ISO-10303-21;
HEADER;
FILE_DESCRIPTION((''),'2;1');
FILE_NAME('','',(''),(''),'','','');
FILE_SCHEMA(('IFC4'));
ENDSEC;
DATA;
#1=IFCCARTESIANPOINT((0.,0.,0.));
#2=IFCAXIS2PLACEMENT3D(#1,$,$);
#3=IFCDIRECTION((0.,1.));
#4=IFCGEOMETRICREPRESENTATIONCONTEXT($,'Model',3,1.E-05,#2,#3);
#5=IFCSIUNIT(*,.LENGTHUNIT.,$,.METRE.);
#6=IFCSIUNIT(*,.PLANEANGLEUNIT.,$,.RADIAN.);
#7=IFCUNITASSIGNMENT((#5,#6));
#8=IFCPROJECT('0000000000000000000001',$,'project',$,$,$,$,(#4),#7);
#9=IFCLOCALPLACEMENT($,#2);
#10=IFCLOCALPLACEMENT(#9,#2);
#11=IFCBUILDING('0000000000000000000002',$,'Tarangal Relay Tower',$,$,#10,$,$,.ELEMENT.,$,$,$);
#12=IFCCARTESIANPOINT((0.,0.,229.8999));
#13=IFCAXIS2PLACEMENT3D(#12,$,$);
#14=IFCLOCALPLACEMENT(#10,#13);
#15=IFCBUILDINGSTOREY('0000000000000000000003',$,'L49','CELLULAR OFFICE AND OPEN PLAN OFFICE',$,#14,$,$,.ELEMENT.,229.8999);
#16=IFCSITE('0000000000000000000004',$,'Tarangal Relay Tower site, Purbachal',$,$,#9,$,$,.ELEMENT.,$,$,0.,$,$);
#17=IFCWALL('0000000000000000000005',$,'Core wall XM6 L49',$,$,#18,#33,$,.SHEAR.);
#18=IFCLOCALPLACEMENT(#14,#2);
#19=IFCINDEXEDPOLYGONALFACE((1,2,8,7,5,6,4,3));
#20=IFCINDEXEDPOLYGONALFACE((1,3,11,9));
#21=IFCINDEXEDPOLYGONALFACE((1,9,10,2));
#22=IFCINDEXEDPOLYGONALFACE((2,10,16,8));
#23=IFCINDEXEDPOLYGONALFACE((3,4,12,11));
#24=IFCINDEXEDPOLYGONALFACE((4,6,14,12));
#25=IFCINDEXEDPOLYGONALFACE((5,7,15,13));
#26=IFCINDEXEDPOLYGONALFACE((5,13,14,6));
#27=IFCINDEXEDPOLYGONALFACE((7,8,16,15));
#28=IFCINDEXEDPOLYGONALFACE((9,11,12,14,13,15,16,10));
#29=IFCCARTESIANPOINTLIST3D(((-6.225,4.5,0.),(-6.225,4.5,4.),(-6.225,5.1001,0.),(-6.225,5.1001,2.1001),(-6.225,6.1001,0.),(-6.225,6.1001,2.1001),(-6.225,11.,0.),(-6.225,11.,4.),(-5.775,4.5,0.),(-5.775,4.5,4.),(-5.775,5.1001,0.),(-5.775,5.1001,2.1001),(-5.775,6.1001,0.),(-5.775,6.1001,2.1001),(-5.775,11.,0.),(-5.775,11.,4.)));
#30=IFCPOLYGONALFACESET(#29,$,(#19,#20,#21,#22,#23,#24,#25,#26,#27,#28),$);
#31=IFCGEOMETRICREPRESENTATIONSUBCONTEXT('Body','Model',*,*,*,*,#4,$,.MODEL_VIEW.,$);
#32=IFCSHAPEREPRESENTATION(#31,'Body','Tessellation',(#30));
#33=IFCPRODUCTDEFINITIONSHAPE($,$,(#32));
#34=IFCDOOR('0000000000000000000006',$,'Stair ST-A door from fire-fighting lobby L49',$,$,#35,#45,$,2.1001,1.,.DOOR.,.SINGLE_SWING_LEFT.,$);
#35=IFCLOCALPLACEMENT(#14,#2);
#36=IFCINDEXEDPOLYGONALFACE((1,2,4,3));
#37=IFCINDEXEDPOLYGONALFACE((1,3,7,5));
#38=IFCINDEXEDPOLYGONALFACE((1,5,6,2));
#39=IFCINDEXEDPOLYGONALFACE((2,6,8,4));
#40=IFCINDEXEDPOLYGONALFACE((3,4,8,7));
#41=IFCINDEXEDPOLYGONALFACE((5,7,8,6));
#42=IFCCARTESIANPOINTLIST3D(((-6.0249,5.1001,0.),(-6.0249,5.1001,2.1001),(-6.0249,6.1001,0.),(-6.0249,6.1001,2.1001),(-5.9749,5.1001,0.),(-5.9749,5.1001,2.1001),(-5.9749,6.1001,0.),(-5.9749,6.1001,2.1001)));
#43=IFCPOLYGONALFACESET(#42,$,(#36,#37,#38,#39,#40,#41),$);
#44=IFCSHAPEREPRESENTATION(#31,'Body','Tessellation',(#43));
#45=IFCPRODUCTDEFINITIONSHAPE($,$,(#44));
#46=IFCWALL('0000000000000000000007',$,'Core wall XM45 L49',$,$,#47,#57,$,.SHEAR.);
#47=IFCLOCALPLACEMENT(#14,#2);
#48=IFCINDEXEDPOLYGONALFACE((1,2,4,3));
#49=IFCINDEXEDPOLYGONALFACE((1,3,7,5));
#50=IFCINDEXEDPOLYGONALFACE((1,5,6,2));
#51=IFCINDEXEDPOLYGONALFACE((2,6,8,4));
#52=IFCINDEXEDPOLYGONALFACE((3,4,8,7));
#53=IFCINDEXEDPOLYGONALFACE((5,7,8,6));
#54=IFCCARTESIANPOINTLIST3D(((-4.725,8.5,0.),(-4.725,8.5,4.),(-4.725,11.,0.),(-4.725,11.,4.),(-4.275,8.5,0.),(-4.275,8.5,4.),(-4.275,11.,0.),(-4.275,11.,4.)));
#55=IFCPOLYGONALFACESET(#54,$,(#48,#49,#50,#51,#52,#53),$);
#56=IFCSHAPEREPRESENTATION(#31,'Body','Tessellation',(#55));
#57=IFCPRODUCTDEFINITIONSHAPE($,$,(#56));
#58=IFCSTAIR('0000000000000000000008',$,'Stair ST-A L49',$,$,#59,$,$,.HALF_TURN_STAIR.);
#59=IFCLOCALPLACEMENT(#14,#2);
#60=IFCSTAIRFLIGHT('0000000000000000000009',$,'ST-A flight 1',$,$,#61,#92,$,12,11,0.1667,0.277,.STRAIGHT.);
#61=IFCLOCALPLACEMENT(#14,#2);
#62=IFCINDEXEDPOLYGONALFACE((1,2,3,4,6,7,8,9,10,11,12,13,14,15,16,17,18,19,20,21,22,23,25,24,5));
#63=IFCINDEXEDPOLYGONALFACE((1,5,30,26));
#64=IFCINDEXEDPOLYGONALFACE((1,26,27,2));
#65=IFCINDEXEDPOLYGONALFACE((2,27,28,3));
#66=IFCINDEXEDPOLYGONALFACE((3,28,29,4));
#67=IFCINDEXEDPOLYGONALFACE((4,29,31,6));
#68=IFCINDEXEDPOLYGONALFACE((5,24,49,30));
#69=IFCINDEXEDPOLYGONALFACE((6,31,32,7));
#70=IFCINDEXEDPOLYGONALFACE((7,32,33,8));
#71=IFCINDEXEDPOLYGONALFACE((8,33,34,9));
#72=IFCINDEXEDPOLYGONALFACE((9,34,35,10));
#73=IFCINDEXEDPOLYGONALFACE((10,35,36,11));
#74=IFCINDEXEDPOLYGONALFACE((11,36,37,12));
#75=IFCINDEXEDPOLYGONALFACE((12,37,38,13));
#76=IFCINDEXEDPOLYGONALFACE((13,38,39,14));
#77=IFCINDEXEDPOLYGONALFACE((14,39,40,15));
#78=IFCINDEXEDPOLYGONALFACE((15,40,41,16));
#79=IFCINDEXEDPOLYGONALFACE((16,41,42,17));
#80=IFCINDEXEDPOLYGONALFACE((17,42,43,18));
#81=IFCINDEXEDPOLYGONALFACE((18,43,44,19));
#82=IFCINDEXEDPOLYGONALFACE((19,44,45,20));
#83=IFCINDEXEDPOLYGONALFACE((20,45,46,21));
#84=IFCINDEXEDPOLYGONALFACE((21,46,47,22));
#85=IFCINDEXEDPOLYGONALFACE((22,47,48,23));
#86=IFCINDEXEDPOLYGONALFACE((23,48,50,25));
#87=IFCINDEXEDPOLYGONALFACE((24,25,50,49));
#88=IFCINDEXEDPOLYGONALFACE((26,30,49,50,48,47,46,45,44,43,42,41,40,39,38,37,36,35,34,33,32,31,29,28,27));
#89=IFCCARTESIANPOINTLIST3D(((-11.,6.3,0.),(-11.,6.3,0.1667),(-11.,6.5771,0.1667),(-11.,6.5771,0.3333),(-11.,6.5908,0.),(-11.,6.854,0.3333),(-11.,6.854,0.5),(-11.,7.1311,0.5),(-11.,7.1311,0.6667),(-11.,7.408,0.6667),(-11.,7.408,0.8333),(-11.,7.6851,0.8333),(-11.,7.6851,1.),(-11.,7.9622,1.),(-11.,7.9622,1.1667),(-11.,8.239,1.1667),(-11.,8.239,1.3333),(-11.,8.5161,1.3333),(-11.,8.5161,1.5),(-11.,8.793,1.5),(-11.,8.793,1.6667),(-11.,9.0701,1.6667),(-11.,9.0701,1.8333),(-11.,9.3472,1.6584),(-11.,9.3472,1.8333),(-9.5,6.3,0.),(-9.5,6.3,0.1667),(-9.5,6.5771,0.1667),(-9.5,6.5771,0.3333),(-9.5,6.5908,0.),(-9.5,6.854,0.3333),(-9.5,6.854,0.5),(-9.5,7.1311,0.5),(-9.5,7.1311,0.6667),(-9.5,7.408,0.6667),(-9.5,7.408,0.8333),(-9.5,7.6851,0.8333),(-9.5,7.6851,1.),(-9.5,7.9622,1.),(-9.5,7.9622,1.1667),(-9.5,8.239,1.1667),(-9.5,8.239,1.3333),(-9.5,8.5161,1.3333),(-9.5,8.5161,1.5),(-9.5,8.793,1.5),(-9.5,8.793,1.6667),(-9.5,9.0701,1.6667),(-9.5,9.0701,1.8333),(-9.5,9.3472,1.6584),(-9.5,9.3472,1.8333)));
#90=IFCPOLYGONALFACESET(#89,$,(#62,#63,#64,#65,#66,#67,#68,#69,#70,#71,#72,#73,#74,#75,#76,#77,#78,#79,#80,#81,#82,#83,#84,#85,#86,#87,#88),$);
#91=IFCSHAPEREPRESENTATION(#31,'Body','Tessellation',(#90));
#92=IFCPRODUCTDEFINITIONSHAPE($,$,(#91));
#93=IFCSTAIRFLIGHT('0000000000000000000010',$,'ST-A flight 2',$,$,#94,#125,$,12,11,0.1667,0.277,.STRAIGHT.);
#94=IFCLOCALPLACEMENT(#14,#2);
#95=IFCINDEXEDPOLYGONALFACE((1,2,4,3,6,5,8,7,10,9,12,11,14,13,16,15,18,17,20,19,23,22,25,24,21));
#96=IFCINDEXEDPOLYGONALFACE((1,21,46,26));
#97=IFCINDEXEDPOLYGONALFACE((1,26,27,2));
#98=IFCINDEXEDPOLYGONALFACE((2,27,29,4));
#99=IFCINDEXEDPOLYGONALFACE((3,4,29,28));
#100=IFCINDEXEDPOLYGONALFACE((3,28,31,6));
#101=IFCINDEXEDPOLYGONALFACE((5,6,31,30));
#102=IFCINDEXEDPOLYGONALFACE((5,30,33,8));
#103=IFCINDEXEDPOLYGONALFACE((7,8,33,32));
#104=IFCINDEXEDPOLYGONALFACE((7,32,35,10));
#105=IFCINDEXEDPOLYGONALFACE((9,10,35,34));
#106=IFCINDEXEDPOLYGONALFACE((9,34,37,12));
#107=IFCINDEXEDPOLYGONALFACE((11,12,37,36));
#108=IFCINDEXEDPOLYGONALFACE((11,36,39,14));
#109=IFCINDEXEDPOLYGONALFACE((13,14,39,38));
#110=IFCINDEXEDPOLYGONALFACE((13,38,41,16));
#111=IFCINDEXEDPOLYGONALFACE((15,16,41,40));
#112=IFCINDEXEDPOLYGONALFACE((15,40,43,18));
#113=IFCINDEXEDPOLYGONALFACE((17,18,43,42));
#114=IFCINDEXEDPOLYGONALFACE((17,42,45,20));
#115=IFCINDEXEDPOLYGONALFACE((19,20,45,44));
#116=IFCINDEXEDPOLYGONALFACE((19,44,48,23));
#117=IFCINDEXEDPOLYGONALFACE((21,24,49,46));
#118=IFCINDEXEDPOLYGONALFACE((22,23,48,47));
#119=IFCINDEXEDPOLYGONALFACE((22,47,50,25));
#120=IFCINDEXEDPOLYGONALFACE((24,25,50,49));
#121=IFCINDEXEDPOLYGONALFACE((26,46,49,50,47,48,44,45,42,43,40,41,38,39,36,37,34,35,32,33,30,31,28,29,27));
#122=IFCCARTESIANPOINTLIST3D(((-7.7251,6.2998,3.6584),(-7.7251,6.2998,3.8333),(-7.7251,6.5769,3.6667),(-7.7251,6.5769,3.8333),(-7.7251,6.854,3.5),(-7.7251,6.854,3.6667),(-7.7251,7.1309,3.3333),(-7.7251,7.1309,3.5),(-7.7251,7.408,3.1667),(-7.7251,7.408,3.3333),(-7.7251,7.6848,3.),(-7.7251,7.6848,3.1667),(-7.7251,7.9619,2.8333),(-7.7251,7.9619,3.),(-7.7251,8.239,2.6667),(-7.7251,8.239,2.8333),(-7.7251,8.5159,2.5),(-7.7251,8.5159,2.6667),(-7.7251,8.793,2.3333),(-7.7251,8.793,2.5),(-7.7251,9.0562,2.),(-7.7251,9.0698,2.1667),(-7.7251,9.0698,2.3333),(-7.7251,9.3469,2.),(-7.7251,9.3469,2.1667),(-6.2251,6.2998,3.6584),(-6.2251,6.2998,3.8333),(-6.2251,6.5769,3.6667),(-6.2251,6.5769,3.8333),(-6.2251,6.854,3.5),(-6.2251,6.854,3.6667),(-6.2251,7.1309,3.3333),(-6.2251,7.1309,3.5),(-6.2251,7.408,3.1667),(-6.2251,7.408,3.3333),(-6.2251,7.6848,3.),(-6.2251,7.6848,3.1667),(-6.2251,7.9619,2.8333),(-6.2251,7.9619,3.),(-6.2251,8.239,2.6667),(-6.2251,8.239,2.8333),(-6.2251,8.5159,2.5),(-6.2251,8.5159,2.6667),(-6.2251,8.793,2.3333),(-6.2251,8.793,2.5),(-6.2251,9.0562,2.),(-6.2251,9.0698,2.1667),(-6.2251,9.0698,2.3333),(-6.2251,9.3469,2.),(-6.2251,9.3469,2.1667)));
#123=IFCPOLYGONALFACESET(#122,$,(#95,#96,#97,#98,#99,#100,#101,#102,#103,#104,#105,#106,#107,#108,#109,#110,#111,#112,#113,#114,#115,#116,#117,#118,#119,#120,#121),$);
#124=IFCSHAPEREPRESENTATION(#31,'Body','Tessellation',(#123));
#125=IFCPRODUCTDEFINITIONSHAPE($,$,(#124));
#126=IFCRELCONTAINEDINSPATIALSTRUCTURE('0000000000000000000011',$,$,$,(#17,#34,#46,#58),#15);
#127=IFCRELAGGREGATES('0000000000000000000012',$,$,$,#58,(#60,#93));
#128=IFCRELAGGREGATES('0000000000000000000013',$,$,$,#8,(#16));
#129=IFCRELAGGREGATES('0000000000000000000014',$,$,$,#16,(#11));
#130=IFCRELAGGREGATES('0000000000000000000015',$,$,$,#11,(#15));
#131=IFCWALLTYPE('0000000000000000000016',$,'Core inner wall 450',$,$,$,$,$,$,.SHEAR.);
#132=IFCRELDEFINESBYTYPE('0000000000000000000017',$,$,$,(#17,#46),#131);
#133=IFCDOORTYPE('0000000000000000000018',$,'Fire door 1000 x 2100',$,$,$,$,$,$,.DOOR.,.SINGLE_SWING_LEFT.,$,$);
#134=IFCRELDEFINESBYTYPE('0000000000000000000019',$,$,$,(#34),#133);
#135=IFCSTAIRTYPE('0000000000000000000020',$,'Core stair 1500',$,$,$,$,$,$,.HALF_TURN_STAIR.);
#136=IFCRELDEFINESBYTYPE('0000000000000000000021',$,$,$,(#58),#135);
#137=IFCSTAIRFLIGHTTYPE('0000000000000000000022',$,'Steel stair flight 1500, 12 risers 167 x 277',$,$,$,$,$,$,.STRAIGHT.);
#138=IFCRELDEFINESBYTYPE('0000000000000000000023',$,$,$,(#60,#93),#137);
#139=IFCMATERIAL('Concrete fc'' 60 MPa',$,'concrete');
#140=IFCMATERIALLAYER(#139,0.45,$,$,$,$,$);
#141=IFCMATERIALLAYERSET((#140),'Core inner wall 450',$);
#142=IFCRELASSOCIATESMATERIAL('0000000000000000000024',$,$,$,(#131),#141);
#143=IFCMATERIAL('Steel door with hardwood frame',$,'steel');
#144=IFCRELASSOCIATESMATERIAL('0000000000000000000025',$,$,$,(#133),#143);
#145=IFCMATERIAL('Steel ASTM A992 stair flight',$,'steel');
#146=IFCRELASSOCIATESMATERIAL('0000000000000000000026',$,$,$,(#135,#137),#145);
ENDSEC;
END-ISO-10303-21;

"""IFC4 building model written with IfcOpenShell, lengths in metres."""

from ifc_helpers import new_model, si_unit, direction, frame, frame_2d, origin, place, context, subcontext, project, spatial, polyline, rectangle, outline, extrude, material, layer, layer_set, type_object, element, fill, aggregate, save


model = new_model("IFC4")

# Units and contexts
model_context = context("Model", 3, precision=1e-05, world=origin(), true_north=direction((0.0, 1.0)))
body_context = subcontext(model_context, "Body", "Model", "MODEL_VIEW")
ifc_project = project(units=[si_unit("LENGTHUNIT", "METRE"), si_unit("PLANEANGLEUNIT", "RADIAN")], contexts=[model_context])

# Site, building, storey
site_placement = place(None, origin())
site = spatial("IfcSite", under=ifc_project, at=site_placement, Name="Tarangal Relay Tower site, Purbachal", CompositionType="ELEMENT", RefElevation=0.0)
building_placement = place(site_placement, origin())
building = spatial("IfcBuilding", under=site, at=building_placement, Name="Tarangal Relay Tower", CompositionType="ELEMENT")
storey_placement = place(building_placement, frame((0.0, 0.0, 229.8999)))
storey = spatial("IfcBuildingStorey", under=building, at=storey_placement, Name="L49", Description="CELLULAR OFFICE AND OPEN PLAN OFFICE", CompositionType="ELEMENT", Elevation=229.8999)

# Shared definitions
ifc_material_1 = material(Name="Concrete fc' 60 MPa", Category="concrete")
ifc_layer = layer(ifc_material_1, 0.45)
ifc_layer_set = layer_set([ifc_layer], Name="Core inner wall 450")
wall_type = type_object("IfcWallType", Name="Core inner wall 450", PredefinedType="SHEAR", material=ifc_layer_set)
ifc_material_2 = material(Name="Steel door with hardwood frame", Category="steel")

# Wall, opening, door
wall_1_placement = place(storey_placement, frame((-6.0, 4.5, 0.0), z_axis=(0.0, 0.0, 1.0), x_axis=(0.0, 1.0, 0.0)))
wall_1 = element("IfcWall", 1, at=wall_1_placement, inside=storey, type_object=wall_type, Name="Core wall XM6 L49", PredefinedType="SHEAR", context=body_context, shape_type="SweptSolid", body=[
    extrude(rectangle(XDim=6.5, YDim=0.45, at=frame_2d((3.25, 0.0))), origin(), (0.0, 0.0, 1.0), 4.0),
])
opening_1_placement = place(wall_1_placement, frame((0.6001, 0.0, 0.0)))
opening_1 = element("IfcOpeningElement", 2, at=opening_1_placement, cuts=wall_1, PredefinedType="OPENING", context=body_context, shape_type="SweptSolid", body=[
    extrude(rectangle(XDim=1.0, YDim=2.1001, at=frame_2d((0.5, 1.05))), frame((0.0, 0.2349, 0.0), z_axis=(0.0, -1.0, 0.0), x_axis=(1.0, 0.0, 0.0)), (0.0, 0.0, 1.0), 0.47),
])
door_type_1 = type_object("IfcDoorType", Name="Fire door 1000 x 2100", OperationType="SINGLE_SWING_LEFT", PredefinedType="DOOR", material=ifc_material_2)
door_1_placement = place(opening_1_placement, origin())
door_1 = element("IfcDoor", 3, at=door_1_placement, inside=storey, type_object=door_type_1, Name="Stair ST-A door from fire-fighting lobby L49", OperationType="SINGLE_SWING_LEFT", OverallHeight=2.1001, OverallWidth=1.0, PredefinedType="DOOR", context=body_context, shape_type="SweptSolid", body=[
    extrude(rectangle(XDim=1.0, YDim=2.1001, at=frame_2d((0.5, 1.05))), frame((0.0, 0.0249, 0.0), z_axis=(0.0, -1.0, 0.0), x_axis=(1.0, 0.0, 0.0)), (0.0, 0.0, 1.0), 0.05),
])
fill(opening_1, door_1)

# Wall
wall_2_placement = place(storey_placement, frame((-4.5, 8.5, 0.0), z_axis=(0.0, 0.0, 1.0), x_axis=(0.0, 1.0, 0.0)))
element("IfcWall", 4, at=wall_2_placement, inside=storey, type_object=wall_type, Name="Core wall XM45 L49", PredefinedType="SHEAR", context=body_context, shape_type="SweptSolid", body=[
    extrude(rectangle(XDim=2.5, YDim=0.45, at=frame_2d((1.25, 0.0))), origin(), (0.0, 0.0, 1.0), 4.0),
])

# Stair, stair flights
ifc_material_3 = material(Name="Steel ASTM A992 stair flight", Category="steel")
stair_type = type_object("IfcStairType", Name="Core stair 1500", PredefinedType="HALF_TURN_STAIR", material=ifc_material_3)
stair_placement = place(storey_placement, origin())
stair = element("IfcStair", 5, at=stair_placement, inside=storey, type_object=stair_type, Name="Stair ST-A L49", PredefinedType="HALF_TURN_STAIR")
stair_flight_type = type_object("IfcStairFlightType", Name="Steel stair flight 1500, 12 risers 167 x 277", PredefinedType="STRAIGHT", material=ifc_material_3)
stair_flight_1_placement = place(storey_placement, frame((-10.25, 6.3, 0.0), z_axis=(0.0, 0.0, 1.0), x_axis=(0.0, 1.0, 0.0)))
stair_flight_1 = element("IfcStairFlight", 6, at=stair_flight_1_placement, type_object=stair_flight_type, Name="ST-A flight 1", NumberOfRisers=12, NumberOfTreads=11, PredefinedType="STRAIGHT", RiserHeight=0.1667, TreadLength=0.277, context=body_context, shape_type="SweptSolid", body=[
    extrude(outline(polyline([(0.0, 0.0), (0.0, 0.1667), (0.2771, 0.1667), (0.2771, 0.3333), (0.554, 0.3333), (0.554, 0.5), (0.8311, 0.5), (0.8311, 0.6667), (1.1079, 0.6667), (1.1079, 0.8333), (1.385, 0.8333), (1.385, 1.0), (1.6621, 1.0), (1.6621, 1.1667), (1.939, 1.1667), (1.939, 1.3333), (2.2161, 1.3333), (2.2161, 1.5), (2.4929, 1.5), (2.4929, 1.6667), (2.77, 1.6667), (2.77, 1.8333), (3.0471, 1.8333), (3.0471, 2.0), (3.0471, 1.6584), (0.2908, 0.0), (0.0, 0.0)])), frame((0.0, 0.75, 0.0), z_axis=(0.0, -1.0, 0.0), x_axis=(1.0, 0.0, 0.0)), (0.0, 0.0, 1.0), 1.5),
])
stair_flight_2_placement = place(storey_placement, frame((-6.9751, 9.3469, 2.0), z_axis=(0.0, 0.0, 1.0), x_axis=(0.0, -1.0, 0.0)))
stair_flight_2 = element("IfcStairFlight", 7, at=stair_flight_2_placement, type_object=stair_flight_type, Name="ST-A flight 2", NumberOfRisers=12, NumberOfTreads=11, PredefinedType="STRAIGHT", RiserHeight=0.1667, TreadLength=0.277, context=body_context, shape_type="SweptSolid", body=[
    extrude(outline(polyline([(0.0, 0.0), (0.0, 0.1667), (0.2771, 0.1667), (0.2771, 0.3333), (0.554, 0.3333), (0.554, 0.5), (0.8311, 0.5), (0.8311, 0.6667), (1.1079, 0.6667), (1.1079, 0.8333), (1.385, 0.8333), (1.385, 1.0), (1.6621, 1.0), (1.6621, 1.1667), (1.939, 1.1667), (1.939, 1.3333), (2.2161, 1.3333), (2.2161, 1.5), (2.4929, 1.5), (2.4929, 1.6667), (2.77, 1.6667), (2.77, 1.8333), (3.0471, 1.8333), (3.0471, 2.0), (3.0471, 1.6584), (0.2908, 0.0), (0.0, 0.0)])), frame((0.0, 0.75, 0.0), z_axis=(0.0, -1.0, 0.0), x_axis=(1.0, 0.0, 0.0)), (0.0, 0.0, 1.0), 1.5),
])
aggregate(stair, [stair_flight_1, stair_flight_2])

save(model, "model.ifc")
